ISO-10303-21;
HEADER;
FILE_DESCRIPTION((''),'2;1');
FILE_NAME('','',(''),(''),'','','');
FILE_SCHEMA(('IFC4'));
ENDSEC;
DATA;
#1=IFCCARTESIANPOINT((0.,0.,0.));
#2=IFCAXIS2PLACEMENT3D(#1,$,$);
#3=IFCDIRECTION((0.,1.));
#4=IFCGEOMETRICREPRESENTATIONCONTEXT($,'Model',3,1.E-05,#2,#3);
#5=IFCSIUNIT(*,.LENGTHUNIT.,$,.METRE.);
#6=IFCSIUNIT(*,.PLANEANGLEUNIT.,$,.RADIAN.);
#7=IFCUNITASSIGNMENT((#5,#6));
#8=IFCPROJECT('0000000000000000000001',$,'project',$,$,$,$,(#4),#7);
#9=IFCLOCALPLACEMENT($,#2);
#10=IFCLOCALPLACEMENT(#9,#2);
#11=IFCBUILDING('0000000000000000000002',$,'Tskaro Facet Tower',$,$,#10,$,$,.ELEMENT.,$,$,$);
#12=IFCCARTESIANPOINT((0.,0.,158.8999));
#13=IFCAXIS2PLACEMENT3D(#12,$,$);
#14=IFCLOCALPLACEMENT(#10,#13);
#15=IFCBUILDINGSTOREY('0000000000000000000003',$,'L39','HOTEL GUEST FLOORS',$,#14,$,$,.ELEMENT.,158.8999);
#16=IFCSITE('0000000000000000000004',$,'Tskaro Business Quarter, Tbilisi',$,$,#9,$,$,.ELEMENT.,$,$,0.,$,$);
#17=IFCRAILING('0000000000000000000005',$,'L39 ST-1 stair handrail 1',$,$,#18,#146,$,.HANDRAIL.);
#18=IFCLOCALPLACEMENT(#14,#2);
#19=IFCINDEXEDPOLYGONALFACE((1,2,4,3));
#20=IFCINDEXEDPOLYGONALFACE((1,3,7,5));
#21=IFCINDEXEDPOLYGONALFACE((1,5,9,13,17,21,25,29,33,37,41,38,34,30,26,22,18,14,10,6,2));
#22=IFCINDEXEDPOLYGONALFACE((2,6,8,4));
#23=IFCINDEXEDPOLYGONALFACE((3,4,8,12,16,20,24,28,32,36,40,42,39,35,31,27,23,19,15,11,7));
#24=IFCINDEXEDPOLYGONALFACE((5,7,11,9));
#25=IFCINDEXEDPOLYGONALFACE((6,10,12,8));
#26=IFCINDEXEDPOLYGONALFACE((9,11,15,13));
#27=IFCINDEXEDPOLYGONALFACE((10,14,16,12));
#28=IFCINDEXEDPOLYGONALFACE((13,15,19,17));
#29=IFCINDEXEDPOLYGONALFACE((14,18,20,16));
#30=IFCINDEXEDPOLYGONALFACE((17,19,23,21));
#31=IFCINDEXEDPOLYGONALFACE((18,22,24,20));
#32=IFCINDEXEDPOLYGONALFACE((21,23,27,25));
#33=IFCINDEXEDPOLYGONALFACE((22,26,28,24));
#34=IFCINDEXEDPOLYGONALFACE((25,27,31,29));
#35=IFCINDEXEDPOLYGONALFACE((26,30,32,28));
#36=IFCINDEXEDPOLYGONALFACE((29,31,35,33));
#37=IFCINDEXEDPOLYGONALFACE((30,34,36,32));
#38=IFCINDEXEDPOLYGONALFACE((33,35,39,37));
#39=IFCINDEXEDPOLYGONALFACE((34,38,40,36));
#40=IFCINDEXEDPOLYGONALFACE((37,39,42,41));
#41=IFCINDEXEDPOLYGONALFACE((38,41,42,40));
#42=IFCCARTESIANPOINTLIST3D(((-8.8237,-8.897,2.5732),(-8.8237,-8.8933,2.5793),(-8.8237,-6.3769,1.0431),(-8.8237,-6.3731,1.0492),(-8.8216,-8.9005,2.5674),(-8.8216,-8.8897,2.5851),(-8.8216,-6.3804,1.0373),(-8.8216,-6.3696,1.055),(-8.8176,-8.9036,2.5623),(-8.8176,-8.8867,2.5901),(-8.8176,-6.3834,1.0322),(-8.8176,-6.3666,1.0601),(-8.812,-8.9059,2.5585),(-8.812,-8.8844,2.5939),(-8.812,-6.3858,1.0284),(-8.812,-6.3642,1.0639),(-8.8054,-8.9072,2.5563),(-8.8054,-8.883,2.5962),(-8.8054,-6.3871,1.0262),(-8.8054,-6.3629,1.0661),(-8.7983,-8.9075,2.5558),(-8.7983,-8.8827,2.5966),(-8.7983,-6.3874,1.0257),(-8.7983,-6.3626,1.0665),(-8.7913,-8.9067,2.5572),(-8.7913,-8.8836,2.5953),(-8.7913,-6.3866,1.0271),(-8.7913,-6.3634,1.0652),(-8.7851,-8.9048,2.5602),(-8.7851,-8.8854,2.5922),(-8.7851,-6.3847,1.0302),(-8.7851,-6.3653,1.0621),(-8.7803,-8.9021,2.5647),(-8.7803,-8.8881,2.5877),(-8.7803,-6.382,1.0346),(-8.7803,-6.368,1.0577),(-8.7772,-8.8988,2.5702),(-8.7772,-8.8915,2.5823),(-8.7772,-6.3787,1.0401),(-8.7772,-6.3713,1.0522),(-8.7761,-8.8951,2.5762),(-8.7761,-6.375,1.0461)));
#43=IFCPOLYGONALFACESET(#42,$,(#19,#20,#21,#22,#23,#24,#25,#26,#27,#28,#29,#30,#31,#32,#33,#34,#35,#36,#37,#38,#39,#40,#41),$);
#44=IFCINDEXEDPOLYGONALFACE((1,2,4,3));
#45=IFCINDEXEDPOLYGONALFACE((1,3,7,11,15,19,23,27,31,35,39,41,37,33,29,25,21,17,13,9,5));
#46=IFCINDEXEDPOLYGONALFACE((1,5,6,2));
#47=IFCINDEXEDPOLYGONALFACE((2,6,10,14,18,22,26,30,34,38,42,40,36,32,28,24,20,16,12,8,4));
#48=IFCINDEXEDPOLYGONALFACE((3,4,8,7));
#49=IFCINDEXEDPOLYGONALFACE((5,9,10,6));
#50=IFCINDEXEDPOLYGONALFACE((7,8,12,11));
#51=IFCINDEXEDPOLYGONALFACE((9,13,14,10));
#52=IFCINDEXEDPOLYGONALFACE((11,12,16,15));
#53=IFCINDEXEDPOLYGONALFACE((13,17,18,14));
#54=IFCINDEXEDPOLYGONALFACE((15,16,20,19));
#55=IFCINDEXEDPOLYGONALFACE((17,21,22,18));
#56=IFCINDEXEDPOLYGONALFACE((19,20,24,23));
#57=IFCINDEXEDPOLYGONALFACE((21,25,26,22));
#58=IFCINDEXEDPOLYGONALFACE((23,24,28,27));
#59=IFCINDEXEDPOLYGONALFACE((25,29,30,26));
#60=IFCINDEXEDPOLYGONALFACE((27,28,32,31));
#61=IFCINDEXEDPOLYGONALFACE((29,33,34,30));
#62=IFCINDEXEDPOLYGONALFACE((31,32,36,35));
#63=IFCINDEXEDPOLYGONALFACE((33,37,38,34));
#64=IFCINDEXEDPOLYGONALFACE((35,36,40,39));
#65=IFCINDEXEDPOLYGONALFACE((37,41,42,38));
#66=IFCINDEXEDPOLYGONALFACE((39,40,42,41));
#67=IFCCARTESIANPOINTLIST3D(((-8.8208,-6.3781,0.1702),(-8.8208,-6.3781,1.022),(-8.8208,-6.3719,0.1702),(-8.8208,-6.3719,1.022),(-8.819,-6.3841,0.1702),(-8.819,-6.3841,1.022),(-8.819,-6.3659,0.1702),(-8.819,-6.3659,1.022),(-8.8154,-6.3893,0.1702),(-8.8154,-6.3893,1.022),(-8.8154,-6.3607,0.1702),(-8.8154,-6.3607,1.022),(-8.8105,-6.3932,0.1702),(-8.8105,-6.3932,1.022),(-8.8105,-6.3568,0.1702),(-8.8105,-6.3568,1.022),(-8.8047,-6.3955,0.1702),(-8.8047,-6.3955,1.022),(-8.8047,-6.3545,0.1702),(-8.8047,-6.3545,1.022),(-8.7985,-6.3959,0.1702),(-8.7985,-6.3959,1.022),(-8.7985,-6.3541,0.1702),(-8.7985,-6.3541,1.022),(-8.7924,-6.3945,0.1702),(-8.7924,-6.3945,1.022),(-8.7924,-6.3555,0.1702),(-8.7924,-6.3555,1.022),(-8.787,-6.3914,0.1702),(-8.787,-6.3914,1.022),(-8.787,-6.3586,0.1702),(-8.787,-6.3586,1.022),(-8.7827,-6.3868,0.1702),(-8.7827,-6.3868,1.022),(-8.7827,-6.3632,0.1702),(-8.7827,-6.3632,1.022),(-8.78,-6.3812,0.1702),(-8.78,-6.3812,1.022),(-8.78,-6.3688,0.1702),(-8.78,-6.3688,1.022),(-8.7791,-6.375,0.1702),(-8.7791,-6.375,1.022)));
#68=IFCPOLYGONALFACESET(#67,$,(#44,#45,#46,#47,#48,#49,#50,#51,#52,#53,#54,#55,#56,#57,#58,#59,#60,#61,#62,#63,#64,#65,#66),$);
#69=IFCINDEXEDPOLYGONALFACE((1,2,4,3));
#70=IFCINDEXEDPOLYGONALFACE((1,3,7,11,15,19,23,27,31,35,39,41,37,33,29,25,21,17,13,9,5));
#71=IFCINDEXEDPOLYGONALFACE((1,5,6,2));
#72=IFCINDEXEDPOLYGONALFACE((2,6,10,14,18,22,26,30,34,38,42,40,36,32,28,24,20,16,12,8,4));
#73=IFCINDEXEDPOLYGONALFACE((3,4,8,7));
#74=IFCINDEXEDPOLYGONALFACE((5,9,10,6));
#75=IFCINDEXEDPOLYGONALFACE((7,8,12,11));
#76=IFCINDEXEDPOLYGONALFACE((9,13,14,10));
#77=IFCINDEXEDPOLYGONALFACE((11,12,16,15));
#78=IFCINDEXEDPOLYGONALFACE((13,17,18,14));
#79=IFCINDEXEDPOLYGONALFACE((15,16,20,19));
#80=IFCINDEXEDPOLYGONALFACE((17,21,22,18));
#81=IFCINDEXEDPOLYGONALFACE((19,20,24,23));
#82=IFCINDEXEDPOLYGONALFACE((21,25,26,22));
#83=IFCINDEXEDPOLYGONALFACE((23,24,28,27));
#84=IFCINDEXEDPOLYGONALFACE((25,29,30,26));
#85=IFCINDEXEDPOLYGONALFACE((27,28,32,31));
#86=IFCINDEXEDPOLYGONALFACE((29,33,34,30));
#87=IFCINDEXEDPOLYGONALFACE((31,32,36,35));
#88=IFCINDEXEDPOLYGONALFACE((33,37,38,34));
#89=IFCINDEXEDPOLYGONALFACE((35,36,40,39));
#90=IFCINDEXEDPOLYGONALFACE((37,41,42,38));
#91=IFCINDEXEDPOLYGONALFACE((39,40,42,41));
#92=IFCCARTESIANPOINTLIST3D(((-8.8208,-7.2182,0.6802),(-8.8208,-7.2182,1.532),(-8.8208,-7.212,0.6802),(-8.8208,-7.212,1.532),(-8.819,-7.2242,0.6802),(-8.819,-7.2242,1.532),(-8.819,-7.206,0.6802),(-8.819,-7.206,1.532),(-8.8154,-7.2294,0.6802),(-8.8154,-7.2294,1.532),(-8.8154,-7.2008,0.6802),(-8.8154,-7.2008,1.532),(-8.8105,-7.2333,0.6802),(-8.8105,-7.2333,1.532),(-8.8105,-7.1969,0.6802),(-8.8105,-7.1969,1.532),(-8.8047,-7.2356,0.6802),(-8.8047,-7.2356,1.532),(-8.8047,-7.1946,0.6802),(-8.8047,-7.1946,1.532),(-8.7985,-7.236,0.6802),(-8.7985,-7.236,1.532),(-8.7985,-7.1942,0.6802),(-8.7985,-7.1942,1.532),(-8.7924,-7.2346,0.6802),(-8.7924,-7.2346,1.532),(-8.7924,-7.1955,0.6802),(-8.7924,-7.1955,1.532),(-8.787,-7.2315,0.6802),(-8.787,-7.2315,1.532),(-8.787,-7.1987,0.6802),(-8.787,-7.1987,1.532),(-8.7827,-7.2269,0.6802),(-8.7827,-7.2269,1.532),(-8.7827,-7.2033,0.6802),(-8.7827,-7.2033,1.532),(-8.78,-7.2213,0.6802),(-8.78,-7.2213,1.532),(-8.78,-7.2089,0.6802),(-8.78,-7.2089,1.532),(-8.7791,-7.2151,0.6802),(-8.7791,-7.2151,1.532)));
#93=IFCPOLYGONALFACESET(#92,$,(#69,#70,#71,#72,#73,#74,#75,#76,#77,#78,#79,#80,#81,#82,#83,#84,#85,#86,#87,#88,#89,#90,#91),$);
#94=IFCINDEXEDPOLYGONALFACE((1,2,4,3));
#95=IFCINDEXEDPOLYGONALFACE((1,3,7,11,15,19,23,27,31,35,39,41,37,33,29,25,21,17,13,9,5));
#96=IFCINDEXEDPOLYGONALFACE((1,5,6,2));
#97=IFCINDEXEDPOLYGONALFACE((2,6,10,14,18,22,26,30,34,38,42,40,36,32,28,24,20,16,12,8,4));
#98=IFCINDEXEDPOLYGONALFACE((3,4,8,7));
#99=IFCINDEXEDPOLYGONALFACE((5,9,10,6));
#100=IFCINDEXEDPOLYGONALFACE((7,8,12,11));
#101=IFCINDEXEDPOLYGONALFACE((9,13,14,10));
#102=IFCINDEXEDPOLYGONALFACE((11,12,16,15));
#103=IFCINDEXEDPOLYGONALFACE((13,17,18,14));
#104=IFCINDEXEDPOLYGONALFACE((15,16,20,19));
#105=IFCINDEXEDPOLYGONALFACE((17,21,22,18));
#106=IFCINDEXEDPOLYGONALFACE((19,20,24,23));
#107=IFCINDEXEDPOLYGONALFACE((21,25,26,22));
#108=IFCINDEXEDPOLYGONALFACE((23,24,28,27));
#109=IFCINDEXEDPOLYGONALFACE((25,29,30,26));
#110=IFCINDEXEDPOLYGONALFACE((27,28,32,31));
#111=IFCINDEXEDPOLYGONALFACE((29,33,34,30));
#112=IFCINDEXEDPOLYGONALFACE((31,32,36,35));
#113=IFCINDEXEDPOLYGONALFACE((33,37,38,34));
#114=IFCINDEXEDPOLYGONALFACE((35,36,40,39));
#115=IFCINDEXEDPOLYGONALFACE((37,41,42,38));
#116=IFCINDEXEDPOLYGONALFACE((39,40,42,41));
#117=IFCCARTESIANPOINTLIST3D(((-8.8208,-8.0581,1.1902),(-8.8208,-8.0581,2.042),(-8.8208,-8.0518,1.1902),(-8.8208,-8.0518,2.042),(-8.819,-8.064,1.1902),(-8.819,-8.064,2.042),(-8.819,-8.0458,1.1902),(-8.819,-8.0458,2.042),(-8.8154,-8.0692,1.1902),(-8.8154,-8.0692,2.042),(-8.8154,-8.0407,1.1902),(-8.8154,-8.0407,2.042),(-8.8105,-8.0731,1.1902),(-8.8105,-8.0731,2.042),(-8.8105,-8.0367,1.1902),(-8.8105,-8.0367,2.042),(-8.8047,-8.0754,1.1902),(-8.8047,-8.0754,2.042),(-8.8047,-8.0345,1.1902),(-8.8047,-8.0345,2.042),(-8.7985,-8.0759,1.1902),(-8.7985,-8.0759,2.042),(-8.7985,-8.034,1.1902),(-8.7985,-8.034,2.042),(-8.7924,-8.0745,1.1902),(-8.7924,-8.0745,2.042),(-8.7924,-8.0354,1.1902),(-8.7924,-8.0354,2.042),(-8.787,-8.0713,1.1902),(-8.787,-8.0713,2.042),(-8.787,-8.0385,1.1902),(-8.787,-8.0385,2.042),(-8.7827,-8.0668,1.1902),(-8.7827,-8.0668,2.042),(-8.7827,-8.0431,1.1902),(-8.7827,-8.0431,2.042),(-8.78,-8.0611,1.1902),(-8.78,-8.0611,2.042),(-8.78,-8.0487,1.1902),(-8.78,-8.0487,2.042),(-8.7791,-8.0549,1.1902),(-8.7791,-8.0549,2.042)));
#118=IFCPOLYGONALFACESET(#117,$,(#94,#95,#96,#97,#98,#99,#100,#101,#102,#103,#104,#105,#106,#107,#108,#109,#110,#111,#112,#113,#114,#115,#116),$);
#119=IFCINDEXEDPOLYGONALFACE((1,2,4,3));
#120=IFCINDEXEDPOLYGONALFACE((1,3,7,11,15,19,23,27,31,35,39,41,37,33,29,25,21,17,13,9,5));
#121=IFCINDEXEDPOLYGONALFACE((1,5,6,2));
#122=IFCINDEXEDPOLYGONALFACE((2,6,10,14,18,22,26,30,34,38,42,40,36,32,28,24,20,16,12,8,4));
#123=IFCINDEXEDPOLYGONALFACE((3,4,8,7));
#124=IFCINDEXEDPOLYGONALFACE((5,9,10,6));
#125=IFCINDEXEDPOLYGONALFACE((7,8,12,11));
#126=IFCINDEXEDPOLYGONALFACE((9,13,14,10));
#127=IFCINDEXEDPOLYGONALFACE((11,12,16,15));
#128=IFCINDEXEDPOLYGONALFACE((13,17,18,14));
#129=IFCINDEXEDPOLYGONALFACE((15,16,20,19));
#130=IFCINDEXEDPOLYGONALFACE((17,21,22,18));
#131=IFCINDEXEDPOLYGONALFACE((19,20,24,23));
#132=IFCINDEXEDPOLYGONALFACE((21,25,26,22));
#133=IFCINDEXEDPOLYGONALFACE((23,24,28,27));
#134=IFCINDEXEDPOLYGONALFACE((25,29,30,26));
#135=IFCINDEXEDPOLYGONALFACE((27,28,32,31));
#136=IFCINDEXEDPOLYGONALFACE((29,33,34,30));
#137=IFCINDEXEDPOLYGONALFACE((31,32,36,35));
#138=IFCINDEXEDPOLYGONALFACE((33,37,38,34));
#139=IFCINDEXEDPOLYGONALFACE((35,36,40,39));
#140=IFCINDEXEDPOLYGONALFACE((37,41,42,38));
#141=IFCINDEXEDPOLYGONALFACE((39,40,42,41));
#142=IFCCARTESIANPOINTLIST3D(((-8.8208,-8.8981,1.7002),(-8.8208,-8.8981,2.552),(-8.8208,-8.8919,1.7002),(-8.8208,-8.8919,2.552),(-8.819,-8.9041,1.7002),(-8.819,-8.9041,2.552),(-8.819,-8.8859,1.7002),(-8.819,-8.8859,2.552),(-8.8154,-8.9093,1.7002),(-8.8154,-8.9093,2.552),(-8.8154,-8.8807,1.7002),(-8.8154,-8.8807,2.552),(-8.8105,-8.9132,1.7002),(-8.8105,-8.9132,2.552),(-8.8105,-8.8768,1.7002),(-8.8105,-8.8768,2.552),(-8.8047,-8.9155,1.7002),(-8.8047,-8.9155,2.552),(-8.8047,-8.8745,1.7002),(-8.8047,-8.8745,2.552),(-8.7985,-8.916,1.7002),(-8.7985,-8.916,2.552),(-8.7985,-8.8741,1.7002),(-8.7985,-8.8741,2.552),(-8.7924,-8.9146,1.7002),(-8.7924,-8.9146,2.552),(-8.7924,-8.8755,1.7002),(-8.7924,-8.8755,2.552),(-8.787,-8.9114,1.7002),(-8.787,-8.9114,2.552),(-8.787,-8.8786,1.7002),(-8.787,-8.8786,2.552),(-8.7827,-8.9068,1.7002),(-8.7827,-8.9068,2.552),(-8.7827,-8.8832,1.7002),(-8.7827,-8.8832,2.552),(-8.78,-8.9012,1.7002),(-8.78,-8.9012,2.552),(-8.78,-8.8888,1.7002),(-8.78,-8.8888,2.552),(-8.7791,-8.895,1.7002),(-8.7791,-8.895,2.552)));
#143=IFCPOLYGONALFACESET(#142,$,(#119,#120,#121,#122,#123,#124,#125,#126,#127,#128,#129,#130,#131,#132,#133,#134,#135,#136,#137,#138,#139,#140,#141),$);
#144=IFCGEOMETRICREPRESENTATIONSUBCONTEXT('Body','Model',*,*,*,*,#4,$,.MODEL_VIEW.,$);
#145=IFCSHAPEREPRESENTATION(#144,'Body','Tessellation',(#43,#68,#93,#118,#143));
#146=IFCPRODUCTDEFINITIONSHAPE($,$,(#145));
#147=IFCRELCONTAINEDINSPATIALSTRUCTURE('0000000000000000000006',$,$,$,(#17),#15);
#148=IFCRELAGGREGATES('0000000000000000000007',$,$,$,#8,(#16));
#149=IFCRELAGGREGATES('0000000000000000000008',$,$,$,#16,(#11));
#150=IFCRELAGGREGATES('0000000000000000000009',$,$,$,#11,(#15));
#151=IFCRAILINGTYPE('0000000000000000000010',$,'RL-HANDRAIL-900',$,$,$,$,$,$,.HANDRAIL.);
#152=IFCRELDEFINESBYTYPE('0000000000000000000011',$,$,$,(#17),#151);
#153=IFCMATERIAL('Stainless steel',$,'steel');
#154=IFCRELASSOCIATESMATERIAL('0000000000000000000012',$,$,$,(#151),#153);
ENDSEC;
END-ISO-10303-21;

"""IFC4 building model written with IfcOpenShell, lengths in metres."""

from ifc_helpers import new_model, si_unit, direction, frame, origin, origin_2d, place, context, subcontext, project, spatial, circle, extrude, material, type_object, element, save


model = new_model("IFC4")

# Units and contexts
model_context = context("Model", 3, precision=1e-05, world=origin(), true_north=direction((0.0, 1.0)))
body_context = subcontext(model_context, "Body", "Model", "MODEL_VIEW")
ifc_project = project(units=[si_unit("LENGTHUNIT", "METRE"), si_unit("PLANEANGLEUNIT", "RADIAN")], contexts=[model_context])

# Site, building, storey
site_placement = place(None, origin())
site = spatial("IfcSite", under=ifc_project, at=site_placement, Name="Tskaro Business Quarter, Tbilisi", CompositionType="ELEMENT", RefElevation=0.0)
building_placement = place(site_placement, origin())
building = spatial("IfcBuilding", under=site, at=building_placement, Name="Tskaro Facet Tower", CompositionType="ELEMENT")
storey_placement = place(building_placement, frame((0.0, 0.0, 158.8999)))
storey = spatial("IfcBuildingStorey", under=building, at=storey_placement, Name="L39", Description="HOTEL GUEST FLOORS", CompositionType="ELEMENT", Elevation=158.8999)

# Railing
ifc_material_1 = material(Name="Stainless steel", Category="steel")
railing_type = type_object("IfcRailingType", Name="RL-HANDRAIL-900", PredefinedType="HANDRAIL", material=ifc_material_1)
railing_placement = place(storey_placement, frame((-8.8, -6.375, 0.1702)))
element("IfcRailing", 1, at=railing_placement, inside=storey, type_object=railing_type, Name="L39 ST-1 stair handrail 1", PredefinedType="HANDRAIL", context=body_context, shape_type="SweptSolid", body=[
    extrude(circle(Radius=0.0239, at=origin_2d()), frame((0.0, 0.0, 0.876), z_axis=(0.0, -0.854785, 0.518982), x_axis=(1.0, 0.0, 0.0)), (0.0, 0.0, 1.0), 2.9482),
    extrude(circle(Radius=0.021, at=origin_2d()), origin(), (0.0, 0.0, 1.0), 0.8518),
    extrude(circle(Radius=0.021, at=origin_2d()), frame((0.0, -0.8401, 0.51)), (0.0, 0.0, 1.0), 0.8518),
    extrude(circle(Radius=0.021, at=origin_2d()), frame((0.0, -1.6799, 1.02)), (0.0, 0.0, 1.0), 0.8518),
    extrude(circle(Radius=0.021, at=origin_2d()), frame((0.0, -2.52, 1.53)), (0.0, 0.0, 1.0), 0.8518),
])

save(model, "model.ifc")
